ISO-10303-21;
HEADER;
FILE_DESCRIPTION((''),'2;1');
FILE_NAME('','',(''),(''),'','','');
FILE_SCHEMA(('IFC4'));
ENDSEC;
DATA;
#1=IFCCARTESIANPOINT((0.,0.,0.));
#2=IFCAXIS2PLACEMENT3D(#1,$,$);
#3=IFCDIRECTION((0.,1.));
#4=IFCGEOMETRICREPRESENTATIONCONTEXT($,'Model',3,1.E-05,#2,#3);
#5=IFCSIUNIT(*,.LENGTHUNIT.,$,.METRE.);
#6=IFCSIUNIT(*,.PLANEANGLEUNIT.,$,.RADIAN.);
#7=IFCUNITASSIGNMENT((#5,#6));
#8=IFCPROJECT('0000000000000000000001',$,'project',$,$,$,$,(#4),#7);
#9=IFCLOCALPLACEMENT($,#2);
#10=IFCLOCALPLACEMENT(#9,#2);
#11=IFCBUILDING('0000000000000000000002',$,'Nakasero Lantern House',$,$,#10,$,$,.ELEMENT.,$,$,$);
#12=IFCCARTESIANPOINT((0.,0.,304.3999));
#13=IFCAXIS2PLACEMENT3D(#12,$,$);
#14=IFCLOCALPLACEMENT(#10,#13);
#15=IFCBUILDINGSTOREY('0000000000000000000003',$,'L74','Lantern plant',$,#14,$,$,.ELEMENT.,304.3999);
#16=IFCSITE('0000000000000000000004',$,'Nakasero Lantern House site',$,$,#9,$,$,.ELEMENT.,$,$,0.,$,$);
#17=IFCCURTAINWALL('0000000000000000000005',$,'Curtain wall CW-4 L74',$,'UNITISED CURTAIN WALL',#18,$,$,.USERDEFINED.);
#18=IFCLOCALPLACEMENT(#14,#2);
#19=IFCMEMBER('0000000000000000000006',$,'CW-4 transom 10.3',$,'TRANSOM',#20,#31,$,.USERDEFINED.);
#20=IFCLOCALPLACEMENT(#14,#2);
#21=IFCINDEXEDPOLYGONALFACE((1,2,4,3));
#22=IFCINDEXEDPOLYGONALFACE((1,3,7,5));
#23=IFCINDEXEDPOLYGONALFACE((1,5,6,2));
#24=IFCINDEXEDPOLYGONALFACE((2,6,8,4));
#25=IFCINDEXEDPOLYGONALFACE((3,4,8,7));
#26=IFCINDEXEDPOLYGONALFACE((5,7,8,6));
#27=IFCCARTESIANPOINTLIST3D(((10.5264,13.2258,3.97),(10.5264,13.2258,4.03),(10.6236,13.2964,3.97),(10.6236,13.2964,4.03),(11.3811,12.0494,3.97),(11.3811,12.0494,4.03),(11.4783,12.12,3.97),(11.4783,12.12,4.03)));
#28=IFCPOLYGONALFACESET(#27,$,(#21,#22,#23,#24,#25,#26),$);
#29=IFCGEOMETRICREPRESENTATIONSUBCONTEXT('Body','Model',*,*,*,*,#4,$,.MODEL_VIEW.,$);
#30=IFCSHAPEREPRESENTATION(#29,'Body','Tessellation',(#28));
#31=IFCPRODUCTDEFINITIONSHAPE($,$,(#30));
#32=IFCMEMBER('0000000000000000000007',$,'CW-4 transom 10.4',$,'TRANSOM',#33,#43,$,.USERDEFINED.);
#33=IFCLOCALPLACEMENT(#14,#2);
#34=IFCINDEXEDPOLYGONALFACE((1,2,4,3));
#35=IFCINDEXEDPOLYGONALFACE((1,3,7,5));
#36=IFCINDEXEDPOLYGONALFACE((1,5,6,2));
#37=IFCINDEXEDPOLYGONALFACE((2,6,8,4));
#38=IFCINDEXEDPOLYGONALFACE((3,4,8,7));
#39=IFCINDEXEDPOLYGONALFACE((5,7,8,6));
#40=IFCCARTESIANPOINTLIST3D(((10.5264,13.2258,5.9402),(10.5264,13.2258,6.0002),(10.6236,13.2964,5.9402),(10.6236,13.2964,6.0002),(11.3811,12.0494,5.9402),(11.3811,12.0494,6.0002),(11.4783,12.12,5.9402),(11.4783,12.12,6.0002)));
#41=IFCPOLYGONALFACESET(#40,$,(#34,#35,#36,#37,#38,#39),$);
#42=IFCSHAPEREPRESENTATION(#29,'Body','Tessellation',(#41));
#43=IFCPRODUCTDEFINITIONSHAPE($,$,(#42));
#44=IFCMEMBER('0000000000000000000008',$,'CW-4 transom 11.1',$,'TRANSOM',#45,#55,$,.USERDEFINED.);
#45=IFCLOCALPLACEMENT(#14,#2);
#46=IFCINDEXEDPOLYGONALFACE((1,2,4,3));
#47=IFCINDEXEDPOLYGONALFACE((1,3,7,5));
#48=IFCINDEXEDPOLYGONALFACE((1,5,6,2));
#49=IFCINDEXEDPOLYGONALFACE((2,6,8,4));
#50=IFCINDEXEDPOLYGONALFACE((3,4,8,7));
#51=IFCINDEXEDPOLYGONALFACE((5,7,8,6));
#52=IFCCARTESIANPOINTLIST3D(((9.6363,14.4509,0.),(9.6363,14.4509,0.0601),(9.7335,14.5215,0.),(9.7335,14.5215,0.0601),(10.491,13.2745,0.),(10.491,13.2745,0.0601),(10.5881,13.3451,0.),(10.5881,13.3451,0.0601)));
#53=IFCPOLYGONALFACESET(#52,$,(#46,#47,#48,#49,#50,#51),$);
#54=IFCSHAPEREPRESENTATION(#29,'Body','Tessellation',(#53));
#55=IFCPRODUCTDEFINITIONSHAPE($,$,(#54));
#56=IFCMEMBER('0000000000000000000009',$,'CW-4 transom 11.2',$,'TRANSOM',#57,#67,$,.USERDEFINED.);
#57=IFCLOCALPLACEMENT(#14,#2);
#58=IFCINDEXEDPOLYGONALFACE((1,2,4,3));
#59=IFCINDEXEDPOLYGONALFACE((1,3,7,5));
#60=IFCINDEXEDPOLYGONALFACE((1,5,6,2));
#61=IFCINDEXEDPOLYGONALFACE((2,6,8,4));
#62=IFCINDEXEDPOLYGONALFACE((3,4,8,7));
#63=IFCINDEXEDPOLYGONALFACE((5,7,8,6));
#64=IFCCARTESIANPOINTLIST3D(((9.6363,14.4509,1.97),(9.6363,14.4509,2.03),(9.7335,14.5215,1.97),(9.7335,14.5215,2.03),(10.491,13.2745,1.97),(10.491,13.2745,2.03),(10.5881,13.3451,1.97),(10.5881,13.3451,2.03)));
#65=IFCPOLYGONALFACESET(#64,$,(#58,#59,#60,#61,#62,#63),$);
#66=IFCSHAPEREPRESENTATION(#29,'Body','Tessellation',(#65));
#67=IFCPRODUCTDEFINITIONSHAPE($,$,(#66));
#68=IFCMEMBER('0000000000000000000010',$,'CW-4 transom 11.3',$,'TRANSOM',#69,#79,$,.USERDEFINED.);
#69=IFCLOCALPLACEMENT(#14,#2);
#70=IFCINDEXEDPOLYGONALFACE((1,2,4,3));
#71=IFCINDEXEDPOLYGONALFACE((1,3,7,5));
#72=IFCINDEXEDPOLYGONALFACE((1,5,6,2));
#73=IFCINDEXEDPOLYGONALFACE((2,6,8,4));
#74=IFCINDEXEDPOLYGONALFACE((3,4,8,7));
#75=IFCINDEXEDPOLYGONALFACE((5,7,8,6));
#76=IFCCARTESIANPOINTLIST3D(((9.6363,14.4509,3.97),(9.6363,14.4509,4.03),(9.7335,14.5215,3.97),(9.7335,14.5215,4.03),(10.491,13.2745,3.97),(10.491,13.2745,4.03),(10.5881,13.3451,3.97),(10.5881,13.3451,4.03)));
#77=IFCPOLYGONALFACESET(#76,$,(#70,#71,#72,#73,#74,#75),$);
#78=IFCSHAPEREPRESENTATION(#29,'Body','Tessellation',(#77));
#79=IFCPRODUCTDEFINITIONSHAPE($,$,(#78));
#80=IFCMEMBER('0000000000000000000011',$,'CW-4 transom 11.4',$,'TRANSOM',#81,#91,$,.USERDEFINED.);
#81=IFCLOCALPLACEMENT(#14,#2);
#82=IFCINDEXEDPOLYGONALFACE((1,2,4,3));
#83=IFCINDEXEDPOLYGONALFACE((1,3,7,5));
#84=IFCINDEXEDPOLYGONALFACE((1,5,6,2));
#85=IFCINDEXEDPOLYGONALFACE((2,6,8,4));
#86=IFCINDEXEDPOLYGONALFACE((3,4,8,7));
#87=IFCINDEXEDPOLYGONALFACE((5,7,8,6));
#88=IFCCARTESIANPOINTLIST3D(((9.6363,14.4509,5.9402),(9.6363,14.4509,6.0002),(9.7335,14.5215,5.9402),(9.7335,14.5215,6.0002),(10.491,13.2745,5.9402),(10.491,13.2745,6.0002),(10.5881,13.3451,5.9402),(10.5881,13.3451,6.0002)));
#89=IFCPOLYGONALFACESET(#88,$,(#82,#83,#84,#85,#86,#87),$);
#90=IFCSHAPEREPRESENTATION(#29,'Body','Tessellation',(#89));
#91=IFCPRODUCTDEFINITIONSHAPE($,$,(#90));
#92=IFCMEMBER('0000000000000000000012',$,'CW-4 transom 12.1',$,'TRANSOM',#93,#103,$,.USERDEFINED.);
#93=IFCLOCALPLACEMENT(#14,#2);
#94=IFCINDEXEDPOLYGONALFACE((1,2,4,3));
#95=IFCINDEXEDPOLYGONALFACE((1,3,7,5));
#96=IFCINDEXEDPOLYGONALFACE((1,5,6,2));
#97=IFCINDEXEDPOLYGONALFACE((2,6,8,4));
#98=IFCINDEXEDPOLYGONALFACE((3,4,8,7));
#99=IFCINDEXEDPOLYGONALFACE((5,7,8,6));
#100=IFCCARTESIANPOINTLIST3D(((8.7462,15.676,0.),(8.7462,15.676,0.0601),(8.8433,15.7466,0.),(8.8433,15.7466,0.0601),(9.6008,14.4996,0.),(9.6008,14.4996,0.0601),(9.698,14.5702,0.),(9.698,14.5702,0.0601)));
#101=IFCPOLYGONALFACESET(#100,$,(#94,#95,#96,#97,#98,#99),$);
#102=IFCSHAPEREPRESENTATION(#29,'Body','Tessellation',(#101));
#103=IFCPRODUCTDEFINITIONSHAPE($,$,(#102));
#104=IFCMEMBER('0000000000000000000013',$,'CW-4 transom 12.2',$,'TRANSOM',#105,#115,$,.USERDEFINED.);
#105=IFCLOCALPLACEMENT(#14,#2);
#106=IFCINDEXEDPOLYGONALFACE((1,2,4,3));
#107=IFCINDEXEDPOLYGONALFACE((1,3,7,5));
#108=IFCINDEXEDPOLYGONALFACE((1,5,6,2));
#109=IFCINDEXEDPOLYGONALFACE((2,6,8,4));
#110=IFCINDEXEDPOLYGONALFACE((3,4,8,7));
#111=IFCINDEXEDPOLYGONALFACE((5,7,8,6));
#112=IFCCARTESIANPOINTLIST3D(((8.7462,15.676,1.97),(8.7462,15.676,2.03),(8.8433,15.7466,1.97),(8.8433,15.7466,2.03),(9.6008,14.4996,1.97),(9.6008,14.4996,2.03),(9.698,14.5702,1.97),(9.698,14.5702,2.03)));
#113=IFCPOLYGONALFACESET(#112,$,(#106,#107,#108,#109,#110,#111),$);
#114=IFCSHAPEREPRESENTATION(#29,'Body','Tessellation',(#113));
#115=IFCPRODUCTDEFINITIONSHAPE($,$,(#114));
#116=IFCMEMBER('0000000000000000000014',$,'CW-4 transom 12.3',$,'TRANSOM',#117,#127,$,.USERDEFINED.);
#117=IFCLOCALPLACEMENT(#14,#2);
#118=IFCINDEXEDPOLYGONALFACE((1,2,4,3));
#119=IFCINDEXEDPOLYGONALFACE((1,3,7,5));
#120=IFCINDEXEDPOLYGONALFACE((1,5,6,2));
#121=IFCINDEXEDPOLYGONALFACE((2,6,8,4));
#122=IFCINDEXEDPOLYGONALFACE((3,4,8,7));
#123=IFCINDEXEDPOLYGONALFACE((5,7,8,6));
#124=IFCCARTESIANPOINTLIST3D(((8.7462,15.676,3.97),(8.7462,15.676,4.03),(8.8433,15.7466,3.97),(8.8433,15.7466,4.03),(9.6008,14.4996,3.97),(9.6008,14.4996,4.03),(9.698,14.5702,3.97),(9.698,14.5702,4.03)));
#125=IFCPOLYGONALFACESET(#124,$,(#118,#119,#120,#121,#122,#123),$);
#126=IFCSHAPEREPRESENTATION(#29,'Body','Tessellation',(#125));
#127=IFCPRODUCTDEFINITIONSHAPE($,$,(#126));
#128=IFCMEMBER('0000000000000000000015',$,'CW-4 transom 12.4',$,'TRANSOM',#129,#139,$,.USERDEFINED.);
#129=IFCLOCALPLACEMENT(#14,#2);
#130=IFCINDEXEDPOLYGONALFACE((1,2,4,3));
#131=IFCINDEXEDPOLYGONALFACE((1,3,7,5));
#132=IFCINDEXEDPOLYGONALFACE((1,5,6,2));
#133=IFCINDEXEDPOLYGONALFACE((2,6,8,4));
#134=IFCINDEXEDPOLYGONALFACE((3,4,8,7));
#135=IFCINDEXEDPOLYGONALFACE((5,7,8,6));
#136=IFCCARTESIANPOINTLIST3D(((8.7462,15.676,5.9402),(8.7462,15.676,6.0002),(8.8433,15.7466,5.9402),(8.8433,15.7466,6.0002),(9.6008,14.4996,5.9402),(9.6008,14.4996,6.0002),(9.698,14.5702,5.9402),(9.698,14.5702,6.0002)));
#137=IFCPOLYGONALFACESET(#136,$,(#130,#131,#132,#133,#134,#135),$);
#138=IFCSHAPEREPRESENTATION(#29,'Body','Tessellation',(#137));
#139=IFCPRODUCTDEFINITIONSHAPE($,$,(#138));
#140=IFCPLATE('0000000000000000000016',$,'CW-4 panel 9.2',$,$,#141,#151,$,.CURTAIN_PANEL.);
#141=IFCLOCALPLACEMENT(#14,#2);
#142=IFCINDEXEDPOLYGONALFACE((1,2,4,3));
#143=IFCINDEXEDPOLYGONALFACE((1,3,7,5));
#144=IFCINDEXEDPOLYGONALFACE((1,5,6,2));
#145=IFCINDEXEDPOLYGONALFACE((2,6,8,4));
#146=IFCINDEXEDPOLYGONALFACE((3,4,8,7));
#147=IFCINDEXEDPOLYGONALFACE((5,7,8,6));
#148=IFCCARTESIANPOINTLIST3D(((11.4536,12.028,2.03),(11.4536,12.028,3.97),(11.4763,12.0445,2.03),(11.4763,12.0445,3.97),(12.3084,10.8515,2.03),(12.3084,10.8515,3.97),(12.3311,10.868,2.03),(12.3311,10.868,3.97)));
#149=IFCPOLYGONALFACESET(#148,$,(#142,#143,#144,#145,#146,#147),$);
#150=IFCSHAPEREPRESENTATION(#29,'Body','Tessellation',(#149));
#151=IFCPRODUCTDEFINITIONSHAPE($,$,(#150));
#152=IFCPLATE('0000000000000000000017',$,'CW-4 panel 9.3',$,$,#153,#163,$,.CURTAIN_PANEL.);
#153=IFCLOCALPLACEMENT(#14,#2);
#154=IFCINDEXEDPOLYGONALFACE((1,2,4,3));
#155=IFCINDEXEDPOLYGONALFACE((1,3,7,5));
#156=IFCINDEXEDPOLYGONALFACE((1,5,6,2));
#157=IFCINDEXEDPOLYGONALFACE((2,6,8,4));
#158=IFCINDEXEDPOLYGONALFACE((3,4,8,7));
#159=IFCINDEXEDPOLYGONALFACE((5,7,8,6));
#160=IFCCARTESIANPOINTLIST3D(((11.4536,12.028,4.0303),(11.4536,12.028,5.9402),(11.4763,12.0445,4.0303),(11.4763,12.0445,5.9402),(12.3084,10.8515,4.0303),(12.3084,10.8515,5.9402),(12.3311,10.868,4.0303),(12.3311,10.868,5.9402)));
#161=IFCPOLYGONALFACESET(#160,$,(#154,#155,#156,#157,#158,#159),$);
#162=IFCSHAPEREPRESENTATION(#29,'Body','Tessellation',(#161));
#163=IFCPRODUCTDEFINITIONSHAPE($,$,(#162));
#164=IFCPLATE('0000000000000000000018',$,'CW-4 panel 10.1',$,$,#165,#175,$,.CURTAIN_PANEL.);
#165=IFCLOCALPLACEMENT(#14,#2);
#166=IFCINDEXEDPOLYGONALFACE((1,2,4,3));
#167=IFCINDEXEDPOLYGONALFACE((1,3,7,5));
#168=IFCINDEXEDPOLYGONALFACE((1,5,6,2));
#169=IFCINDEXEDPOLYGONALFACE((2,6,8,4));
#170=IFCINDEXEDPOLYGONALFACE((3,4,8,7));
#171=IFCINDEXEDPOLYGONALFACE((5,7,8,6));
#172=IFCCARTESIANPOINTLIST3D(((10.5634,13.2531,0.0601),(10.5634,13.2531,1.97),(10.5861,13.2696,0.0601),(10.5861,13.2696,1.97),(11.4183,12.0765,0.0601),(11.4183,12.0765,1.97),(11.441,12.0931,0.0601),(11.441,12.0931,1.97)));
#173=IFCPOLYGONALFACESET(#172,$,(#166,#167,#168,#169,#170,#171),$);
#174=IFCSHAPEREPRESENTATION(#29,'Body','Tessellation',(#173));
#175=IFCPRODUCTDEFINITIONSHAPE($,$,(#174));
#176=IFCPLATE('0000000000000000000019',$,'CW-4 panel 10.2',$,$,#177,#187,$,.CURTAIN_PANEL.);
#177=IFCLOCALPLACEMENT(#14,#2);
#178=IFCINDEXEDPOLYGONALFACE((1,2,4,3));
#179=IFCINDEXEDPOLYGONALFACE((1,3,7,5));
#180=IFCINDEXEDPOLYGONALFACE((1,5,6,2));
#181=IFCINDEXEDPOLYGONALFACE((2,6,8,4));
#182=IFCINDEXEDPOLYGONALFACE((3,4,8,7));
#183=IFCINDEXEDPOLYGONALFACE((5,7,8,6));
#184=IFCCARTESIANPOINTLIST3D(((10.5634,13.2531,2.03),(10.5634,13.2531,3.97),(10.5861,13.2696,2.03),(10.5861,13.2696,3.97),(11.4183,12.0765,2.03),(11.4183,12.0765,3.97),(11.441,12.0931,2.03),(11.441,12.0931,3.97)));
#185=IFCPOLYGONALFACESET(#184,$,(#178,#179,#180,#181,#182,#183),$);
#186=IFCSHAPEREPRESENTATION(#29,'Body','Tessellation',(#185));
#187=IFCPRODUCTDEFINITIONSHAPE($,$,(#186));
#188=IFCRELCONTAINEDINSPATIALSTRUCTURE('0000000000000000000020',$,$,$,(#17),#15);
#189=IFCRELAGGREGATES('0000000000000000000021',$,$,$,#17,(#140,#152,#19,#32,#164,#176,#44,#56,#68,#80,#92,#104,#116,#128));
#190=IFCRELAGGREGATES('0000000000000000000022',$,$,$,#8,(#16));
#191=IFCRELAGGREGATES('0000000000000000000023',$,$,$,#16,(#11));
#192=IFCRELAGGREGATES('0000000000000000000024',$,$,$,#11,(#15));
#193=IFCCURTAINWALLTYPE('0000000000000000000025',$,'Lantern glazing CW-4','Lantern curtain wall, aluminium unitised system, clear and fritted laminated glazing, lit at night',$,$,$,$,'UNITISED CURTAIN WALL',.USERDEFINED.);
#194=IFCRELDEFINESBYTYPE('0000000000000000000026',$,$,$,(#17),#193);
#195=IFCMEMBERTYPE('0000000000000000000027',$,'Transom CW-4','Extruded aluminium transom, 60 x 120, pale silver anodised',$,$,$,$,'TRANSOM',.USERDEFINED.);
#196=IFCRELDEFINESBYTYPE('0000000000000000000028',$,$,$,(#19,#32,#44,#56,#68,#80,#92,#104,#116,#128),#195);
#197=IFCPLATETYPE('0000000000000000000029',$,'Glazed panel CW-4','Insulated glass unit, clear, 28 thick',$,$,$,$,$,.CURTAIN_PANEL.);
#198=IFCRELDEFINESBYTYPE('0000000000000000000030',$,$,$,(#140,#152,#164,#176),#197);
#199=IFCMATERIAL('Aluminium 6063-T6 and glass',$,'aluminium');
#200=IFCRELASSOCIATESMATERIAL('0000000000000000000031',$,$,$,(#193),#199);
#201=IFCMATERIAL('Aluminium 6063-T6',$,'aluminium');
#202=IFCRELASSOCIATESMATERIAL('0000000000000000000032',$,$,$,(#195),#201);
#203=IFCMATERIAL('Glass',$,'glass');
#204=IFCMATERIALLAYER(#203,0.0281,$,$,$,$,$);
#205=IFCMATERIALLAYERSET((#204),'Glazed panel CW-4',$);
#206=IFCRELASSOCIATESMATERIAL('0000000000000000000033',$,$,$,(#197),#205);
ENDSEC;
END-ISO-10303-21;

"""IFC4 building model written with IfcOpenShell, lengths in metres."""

from ifc_helpers import new_model, si_unit, direction, frame, origin, origin_2d, place, context, subcontext, project, spatial, rectangle, extrude, material, layer, layer_set, material_profile, profile_set, type_object, element, aggregate, save


model = new_model("IFC4")

# Units and contexts
model_context = context("Model", 3, precision=1e-05, world=origin(), true_north=direction((0.0, 1.0)))
body_context = subcontext(model_context, "Body", "Model", "MODEL_VIEW")
ifc_project = project(units=[si_unit("LENGTHUNIT", "METRE"), si_unit("PLANEANGLEUNIT", "RADIAN")], contexts=[model_context])

# Site, building, storey
site_placement = place(None, origin())
site = spatial("IfcSite", under=ifc_project, at=site_placement, Name="Nakasero Lantern House site", CompositionType="ELEMENT", RefElevation=0.0)
building_placement = place(site_placement, origin())
building = spatial("IfcBuilding", under=site, at=building_placement, Name="Nakasero Lantern House", CompositionType="ELEMENT")
storey_placement = place(building_placement, frame((0.0, 0.0, 304.3999)))
storey = spatial("IfcBuildingStorey", under=building, at=storey_placement, Name="L74", Description="Lantern plant", CompositionType="ELEMENT", Elevation=304.3999)

# Curtain wall
ifc_material_1 = material(Name="Aluminium 6063-T6 and glass", Category="aluminium")
curtain_wall_type = type_object("IfcCurtainWallType", Name="Lantern glazing CW-4", Description="Lantern curtain wall, aluminium unitised system, clear and fritted laminated glazing, lit at night", ElementType="UNITISED CURTAIN WALL", PredefinedType="USERDEFINED", material=ifc_material_1)
curtain_wall_placement = place(storey_placement, origin())
curtain_wall = element("IfcCurtainWall", 1, at=curtain_wall_placement, inside=storey, type_object=curtain_wall_type, Name="Curtain wall CW-4 L74", ObjectType="UNITISED CURTAIN WALL", PredefinedType="USERDEFINED")

# Members
ifc_material_2 = material(Name="Aluminium 6063-T6", Category="aluminium")
ifc_material_profile_1 = material_profile(ifc_material_2, rectangle(XDim=0.0601, YDim=0.1201, at=origin_2d()), Name="CW-4 transom 60x120")
ifc_profile_set_1 = profile_set([ifc_material_profile_1], Name="Aluminium 6063-T6")
member_type_1 = type_object("IfcMemberType", Name="Transom CW-4", Description="Extruded aluminium transom, 60 x 120, pale silver anodised", ElementType="TRANSOM", PredefinedType="USERDEFINED", material=ifc_profile_set_1)
member_1_placement = place(storey_placement, frame((11.4297, 12.0847, 4.0), z_axis=(-0.587762, 0.809034, 0.0), x_axis=(0.0, 0.0, 1.0)))
member_1 = element("IfcMember", 2, at=member_1_placement, type_object=member_type_1, Name="CW-4 transom 10.3", ObjectType="TRANSOM", PredefinedType="USERDEFINED", context=body_context, shape_type="SweptSolid", body=[
    extrude(rectangle(XDim=0.0601, YDim=0.1201, at=origin_2d()), origin(), (0.0, 0.0, 1.0), 1.4541),
])
member_2_placement = place(storey_placement, frame((11.4297, 12.0847, 5.9702), z_axis=(-0.587762, 0.809034, 0.0), x_axis=(0.0, 0.0, 1.0)))
member_2 = element("IfcMember", 3, at=member_2_placement, type_object=member_type_1, Name="CW-4 transom 10.4", ObjectType="TRANSOM", PredefinedType="USERDEFINED", context=body_context, shape_type="SweptSolid", body=[
    extrude(rectangle(XDim=0.0601, YDim=0.1201, at=origin_2d()), origin(), (0.0, 0.0, 1.0), 1.4541),
])
member_3_placement = place(storey_placement, frame((10.5396, 13.3098, 0.03), z_axis=(-0.587762, 0.809034, 0.0), x_axis=(0.0, 0.0, 1.0)))
member_3 = element("IfcMember", 4, at=member_3_placement, type_object=member_type_1, Name="CW-4 transom 11.1", ObjectType="TRANSOM", PredefinedType="USERDEFINED", context=body_context, shape_type="SweptSolid", body=[
    extrude(rectangle(XDim=0.0601, YDim=0.1201, at=origin_2d()), origin(), (0.0, 0.0, 1.0), 1.4541),
])
member_4_placement = place(storey_placement, frame((10.5396, 13.3098, 2.0), z_axis=(-0.587762, 0.809034, 0.0), x_axis=(0.0, 0.0, 1.0)))
member_4 = element("IfcMember", 5, at=member_4_placement, type_object=member_type_1, Name="CW-4 transom 11.2", ObjectType="TRANSOM", PredefinedType="USERDEFINED", context=body_context, shape_type="SweptSolid", body=[
    extrude(rectangle(XDim=0.0601, YDim=0.1201, at=origin_2d()), origin(), (0.0, 0.0, 1.0), 1.4541),
])
member_5_placement = place(storey_placement, frame((10.5396, 13.3098, 4.0), z_axis=(-0.587762, 0.809034, 0.0), x_axis=(0.0, 0.0, 1.0)))
member_5 = element("IfcMember", 6, at=member_5_placement, type_object=member_type_1, Name="CW-4 transom 11.3", ObjectType="TRANSOM", PredefinedType="USERDEFINED", context=body_context, shape_type="SweptSolid", body=[
    extrude(rectangle(XDim=0.0601, YDim=0.1201, at=origin_2d()), origin(), (0.0, 0.0, 1.0), 1.4541),
])
member_6_placement = place(storey_placement, frame((10.5396, 13.3098, 5.9702), z_axis=(-0.587762, 0.809034, 0.0), x_axis=(0.0, 0.0, 1.0)))
member_6 = element("IfcMember", 7, at=member_6_placement, type_object=member_type_1, Name="CW-4 transom 11.4", ObjectType="TRANSOM", PredefinedType="USERDEFINED", context=body_context, shape_type="SweptSolid", body=[
    extrude(rectangle(XDim=0.0601, YDim=0.1201, at=origin_2d()), origin(), (0.0, 0.0, 1.0), 1.4541),
])
member_7_placement = place(storey_placement, frame((9.6494, 14.5349, 0.03), z_axis=(-0.587762, 0.809034, 0.0), x_axis=(0.0, 0.0, 1.0)))
member_7 = element("IfcMember", 8, at=member_7_placement, type_object=member_type_1, Name="CW-4 transom 12.1", ObjectType="TRANSOM", PredefinedType="USERDEFINED", context=body_context, shape_type="SweptSolid", body=[
    extrude(rectangle(XDim=0.0601, YDim=0.1201, at=origin_2d()), origin(), (0.0, 0.0, 1.0), 1.4541),
])
member_8_placement = place(storey_placement, frame((9.6494, 14.5349, 2.0), z_axis=(-0.587762, 0.809034, 0.0), x_axis=(0.0, 0.0, 1.0)))
member_8 = element("IfcMember", 9, at=member_8_placement, type_object=member_type_1, Name="CW-4 transom 12.2", ObjectType="TRANSOM", PredefinedType="USERDEFINED", context=body_context, shape_type="SweptSolid", body=[
    extrude(rectangle(XDim=0.0601, YDim=0.1201, at=origin_2d()), origin(), (0.0, 0.0, 1.0), 1.4541),
])
member_9_placement = place(storey_placement, frame((9.6494, 14.5349, 4.0), z_axis=(-0.587762, 0.809034, 0.0), x_axis=(0.0, 0.0, 1.0)))
member_9 = element("IfcMember", 10, at=member_9_placement, type_object=member_type_1, Name="CW-4 transom 12.3", ObjectType="TRANSOM", PredefinedType="USERDEFINED", context=body_context, shape_type="SweptSolid", body=[
    extrude(rectangle(XDim=0.0601, YDim=0.1201, at=origin_2d()), origin(), (0.0, 0.0, 1.0), 1.4541),
])
member_10_placement = place(storey_placement, frame((9.6494, 14.5349, 5.9702), z_axis=(-0.587762, 0.809034, 0.0), x_axis=(0.0, 0.0, 1.0)))
member_10 = element("IfcMember", 11, at=member_10_placement, type_object=member_type_1, Name="CW-4 transom 12.4", ObjectType="TRANSOM", PredefinedType="USERDEFINED", context=body_context, shape_type="SweptSolid", body=[
    extrude(rectangle(XDim=0.0601, YDim=0.1201, at=origin_2d()), origin(), (0.0, 0.0, 1.0), 1.4541),
])

# Plates
ifc_material_3 = material(Name="Glass", Category="glass")
ifc_layer = layer(ifc_material_3, 0.0281)
ifc_layer_set = layer_set([ifc_layer], Name="Glazed panel CW-4")
plate_type = type_object("IfcPlateType", Name="Glazed panel CW-4", Description="Insulated glass unit, clear, 28 thick", PredefinedType="CURTAIN_PANEL", material=ifc_layer_set)
plate_1_placement = place(storey_placement, frame((11.8923, 11.448, 2.03), z_axis=(0.0, 0.0, 1.0), x_axis=(-0.587785, 0.809017, 0.0)))
plate_1 = element("IfcPlate", 12, at=plate_1_placement, type_object=plate_type, Name="CW-4 panel 9.2", PredefinedType="CURTAIN_PANEL", context=body_context, shape_type="SweptSolid", body=[
    extrude(rectangle(XDim=1.4543, YDim=0.0281, at=origin_2d()), origin(), (0.0, 0.0, 1.0), 1.9399),
])
plate_2_placement = place(storey_placement, frame((11.8923, 11.448, 4.0303), z_axis=(0.0, 0.0, 1.0), x_axis=(-0.587785, 0.809017, 0.0)))
plate_2 = element("IfcPlate", 13, at=plate_2_placement, type_object=plate_type, Name="CW-4 panel 9.3", PredefinedType="CURTAIN_PANEL", context=body_context, shape_type="SweptSolid", body=[
    extrude(rectangle(XDim=1.4543, YDim=0.0281, at=origin_2d()), origin(), (0.0, 0.0, 1.0), 1.9099),
])
plate_3_placement = place(storey_placement, frame((11.0022, 12.6731, 0.0601), z_axis=(0.0, 0.0, 1.0), x_axis=(-0.587785, 0.809017, 0.0)))
plate_3 = element("IfcPlate", 14, at=plate_3_placement, type_object=plate_type, Name="CW-4 panel 10.1", PredefinedType="CURTAIN_PANEL", context=body_context, shape_type="SweptSolid", body=[
    extrude(rectangle(XDim=1.4543, YDim=0.0281, at=origin_2d()), origin(), (0.0, 0.0, 1.0), 1.9099),
])
plate_4_placement = place(storey_placement, frame((11.0022, 12.6731, 2.03), z_axis=(0.0, 0.0, 1.0), x_axis=(-0.587785, 0.809017, 0.0)))
plate_4 = element("IfcPlate", 15, at=plate_4_placement, type_object=plate_type, Name="CW-4 panel 10.2", PredefinedType="CURTAIN_PANEL", context=body_context, shape_type="SweptSolid", body=[
    extrude(rectangle(XDim=1.4543, YDim=0.0281, at=origin_2d()), origin(), (0.0, 0.0, 1.0), 1.9399),
])
aggregate(curtain_wall, [plate_1, plate_2, member_1, member_2, plate_3, plate_4, member_3, member_4, member_5, member_6, member_7, member_8, member_9, member_10])

save(model, "model.ifc")
